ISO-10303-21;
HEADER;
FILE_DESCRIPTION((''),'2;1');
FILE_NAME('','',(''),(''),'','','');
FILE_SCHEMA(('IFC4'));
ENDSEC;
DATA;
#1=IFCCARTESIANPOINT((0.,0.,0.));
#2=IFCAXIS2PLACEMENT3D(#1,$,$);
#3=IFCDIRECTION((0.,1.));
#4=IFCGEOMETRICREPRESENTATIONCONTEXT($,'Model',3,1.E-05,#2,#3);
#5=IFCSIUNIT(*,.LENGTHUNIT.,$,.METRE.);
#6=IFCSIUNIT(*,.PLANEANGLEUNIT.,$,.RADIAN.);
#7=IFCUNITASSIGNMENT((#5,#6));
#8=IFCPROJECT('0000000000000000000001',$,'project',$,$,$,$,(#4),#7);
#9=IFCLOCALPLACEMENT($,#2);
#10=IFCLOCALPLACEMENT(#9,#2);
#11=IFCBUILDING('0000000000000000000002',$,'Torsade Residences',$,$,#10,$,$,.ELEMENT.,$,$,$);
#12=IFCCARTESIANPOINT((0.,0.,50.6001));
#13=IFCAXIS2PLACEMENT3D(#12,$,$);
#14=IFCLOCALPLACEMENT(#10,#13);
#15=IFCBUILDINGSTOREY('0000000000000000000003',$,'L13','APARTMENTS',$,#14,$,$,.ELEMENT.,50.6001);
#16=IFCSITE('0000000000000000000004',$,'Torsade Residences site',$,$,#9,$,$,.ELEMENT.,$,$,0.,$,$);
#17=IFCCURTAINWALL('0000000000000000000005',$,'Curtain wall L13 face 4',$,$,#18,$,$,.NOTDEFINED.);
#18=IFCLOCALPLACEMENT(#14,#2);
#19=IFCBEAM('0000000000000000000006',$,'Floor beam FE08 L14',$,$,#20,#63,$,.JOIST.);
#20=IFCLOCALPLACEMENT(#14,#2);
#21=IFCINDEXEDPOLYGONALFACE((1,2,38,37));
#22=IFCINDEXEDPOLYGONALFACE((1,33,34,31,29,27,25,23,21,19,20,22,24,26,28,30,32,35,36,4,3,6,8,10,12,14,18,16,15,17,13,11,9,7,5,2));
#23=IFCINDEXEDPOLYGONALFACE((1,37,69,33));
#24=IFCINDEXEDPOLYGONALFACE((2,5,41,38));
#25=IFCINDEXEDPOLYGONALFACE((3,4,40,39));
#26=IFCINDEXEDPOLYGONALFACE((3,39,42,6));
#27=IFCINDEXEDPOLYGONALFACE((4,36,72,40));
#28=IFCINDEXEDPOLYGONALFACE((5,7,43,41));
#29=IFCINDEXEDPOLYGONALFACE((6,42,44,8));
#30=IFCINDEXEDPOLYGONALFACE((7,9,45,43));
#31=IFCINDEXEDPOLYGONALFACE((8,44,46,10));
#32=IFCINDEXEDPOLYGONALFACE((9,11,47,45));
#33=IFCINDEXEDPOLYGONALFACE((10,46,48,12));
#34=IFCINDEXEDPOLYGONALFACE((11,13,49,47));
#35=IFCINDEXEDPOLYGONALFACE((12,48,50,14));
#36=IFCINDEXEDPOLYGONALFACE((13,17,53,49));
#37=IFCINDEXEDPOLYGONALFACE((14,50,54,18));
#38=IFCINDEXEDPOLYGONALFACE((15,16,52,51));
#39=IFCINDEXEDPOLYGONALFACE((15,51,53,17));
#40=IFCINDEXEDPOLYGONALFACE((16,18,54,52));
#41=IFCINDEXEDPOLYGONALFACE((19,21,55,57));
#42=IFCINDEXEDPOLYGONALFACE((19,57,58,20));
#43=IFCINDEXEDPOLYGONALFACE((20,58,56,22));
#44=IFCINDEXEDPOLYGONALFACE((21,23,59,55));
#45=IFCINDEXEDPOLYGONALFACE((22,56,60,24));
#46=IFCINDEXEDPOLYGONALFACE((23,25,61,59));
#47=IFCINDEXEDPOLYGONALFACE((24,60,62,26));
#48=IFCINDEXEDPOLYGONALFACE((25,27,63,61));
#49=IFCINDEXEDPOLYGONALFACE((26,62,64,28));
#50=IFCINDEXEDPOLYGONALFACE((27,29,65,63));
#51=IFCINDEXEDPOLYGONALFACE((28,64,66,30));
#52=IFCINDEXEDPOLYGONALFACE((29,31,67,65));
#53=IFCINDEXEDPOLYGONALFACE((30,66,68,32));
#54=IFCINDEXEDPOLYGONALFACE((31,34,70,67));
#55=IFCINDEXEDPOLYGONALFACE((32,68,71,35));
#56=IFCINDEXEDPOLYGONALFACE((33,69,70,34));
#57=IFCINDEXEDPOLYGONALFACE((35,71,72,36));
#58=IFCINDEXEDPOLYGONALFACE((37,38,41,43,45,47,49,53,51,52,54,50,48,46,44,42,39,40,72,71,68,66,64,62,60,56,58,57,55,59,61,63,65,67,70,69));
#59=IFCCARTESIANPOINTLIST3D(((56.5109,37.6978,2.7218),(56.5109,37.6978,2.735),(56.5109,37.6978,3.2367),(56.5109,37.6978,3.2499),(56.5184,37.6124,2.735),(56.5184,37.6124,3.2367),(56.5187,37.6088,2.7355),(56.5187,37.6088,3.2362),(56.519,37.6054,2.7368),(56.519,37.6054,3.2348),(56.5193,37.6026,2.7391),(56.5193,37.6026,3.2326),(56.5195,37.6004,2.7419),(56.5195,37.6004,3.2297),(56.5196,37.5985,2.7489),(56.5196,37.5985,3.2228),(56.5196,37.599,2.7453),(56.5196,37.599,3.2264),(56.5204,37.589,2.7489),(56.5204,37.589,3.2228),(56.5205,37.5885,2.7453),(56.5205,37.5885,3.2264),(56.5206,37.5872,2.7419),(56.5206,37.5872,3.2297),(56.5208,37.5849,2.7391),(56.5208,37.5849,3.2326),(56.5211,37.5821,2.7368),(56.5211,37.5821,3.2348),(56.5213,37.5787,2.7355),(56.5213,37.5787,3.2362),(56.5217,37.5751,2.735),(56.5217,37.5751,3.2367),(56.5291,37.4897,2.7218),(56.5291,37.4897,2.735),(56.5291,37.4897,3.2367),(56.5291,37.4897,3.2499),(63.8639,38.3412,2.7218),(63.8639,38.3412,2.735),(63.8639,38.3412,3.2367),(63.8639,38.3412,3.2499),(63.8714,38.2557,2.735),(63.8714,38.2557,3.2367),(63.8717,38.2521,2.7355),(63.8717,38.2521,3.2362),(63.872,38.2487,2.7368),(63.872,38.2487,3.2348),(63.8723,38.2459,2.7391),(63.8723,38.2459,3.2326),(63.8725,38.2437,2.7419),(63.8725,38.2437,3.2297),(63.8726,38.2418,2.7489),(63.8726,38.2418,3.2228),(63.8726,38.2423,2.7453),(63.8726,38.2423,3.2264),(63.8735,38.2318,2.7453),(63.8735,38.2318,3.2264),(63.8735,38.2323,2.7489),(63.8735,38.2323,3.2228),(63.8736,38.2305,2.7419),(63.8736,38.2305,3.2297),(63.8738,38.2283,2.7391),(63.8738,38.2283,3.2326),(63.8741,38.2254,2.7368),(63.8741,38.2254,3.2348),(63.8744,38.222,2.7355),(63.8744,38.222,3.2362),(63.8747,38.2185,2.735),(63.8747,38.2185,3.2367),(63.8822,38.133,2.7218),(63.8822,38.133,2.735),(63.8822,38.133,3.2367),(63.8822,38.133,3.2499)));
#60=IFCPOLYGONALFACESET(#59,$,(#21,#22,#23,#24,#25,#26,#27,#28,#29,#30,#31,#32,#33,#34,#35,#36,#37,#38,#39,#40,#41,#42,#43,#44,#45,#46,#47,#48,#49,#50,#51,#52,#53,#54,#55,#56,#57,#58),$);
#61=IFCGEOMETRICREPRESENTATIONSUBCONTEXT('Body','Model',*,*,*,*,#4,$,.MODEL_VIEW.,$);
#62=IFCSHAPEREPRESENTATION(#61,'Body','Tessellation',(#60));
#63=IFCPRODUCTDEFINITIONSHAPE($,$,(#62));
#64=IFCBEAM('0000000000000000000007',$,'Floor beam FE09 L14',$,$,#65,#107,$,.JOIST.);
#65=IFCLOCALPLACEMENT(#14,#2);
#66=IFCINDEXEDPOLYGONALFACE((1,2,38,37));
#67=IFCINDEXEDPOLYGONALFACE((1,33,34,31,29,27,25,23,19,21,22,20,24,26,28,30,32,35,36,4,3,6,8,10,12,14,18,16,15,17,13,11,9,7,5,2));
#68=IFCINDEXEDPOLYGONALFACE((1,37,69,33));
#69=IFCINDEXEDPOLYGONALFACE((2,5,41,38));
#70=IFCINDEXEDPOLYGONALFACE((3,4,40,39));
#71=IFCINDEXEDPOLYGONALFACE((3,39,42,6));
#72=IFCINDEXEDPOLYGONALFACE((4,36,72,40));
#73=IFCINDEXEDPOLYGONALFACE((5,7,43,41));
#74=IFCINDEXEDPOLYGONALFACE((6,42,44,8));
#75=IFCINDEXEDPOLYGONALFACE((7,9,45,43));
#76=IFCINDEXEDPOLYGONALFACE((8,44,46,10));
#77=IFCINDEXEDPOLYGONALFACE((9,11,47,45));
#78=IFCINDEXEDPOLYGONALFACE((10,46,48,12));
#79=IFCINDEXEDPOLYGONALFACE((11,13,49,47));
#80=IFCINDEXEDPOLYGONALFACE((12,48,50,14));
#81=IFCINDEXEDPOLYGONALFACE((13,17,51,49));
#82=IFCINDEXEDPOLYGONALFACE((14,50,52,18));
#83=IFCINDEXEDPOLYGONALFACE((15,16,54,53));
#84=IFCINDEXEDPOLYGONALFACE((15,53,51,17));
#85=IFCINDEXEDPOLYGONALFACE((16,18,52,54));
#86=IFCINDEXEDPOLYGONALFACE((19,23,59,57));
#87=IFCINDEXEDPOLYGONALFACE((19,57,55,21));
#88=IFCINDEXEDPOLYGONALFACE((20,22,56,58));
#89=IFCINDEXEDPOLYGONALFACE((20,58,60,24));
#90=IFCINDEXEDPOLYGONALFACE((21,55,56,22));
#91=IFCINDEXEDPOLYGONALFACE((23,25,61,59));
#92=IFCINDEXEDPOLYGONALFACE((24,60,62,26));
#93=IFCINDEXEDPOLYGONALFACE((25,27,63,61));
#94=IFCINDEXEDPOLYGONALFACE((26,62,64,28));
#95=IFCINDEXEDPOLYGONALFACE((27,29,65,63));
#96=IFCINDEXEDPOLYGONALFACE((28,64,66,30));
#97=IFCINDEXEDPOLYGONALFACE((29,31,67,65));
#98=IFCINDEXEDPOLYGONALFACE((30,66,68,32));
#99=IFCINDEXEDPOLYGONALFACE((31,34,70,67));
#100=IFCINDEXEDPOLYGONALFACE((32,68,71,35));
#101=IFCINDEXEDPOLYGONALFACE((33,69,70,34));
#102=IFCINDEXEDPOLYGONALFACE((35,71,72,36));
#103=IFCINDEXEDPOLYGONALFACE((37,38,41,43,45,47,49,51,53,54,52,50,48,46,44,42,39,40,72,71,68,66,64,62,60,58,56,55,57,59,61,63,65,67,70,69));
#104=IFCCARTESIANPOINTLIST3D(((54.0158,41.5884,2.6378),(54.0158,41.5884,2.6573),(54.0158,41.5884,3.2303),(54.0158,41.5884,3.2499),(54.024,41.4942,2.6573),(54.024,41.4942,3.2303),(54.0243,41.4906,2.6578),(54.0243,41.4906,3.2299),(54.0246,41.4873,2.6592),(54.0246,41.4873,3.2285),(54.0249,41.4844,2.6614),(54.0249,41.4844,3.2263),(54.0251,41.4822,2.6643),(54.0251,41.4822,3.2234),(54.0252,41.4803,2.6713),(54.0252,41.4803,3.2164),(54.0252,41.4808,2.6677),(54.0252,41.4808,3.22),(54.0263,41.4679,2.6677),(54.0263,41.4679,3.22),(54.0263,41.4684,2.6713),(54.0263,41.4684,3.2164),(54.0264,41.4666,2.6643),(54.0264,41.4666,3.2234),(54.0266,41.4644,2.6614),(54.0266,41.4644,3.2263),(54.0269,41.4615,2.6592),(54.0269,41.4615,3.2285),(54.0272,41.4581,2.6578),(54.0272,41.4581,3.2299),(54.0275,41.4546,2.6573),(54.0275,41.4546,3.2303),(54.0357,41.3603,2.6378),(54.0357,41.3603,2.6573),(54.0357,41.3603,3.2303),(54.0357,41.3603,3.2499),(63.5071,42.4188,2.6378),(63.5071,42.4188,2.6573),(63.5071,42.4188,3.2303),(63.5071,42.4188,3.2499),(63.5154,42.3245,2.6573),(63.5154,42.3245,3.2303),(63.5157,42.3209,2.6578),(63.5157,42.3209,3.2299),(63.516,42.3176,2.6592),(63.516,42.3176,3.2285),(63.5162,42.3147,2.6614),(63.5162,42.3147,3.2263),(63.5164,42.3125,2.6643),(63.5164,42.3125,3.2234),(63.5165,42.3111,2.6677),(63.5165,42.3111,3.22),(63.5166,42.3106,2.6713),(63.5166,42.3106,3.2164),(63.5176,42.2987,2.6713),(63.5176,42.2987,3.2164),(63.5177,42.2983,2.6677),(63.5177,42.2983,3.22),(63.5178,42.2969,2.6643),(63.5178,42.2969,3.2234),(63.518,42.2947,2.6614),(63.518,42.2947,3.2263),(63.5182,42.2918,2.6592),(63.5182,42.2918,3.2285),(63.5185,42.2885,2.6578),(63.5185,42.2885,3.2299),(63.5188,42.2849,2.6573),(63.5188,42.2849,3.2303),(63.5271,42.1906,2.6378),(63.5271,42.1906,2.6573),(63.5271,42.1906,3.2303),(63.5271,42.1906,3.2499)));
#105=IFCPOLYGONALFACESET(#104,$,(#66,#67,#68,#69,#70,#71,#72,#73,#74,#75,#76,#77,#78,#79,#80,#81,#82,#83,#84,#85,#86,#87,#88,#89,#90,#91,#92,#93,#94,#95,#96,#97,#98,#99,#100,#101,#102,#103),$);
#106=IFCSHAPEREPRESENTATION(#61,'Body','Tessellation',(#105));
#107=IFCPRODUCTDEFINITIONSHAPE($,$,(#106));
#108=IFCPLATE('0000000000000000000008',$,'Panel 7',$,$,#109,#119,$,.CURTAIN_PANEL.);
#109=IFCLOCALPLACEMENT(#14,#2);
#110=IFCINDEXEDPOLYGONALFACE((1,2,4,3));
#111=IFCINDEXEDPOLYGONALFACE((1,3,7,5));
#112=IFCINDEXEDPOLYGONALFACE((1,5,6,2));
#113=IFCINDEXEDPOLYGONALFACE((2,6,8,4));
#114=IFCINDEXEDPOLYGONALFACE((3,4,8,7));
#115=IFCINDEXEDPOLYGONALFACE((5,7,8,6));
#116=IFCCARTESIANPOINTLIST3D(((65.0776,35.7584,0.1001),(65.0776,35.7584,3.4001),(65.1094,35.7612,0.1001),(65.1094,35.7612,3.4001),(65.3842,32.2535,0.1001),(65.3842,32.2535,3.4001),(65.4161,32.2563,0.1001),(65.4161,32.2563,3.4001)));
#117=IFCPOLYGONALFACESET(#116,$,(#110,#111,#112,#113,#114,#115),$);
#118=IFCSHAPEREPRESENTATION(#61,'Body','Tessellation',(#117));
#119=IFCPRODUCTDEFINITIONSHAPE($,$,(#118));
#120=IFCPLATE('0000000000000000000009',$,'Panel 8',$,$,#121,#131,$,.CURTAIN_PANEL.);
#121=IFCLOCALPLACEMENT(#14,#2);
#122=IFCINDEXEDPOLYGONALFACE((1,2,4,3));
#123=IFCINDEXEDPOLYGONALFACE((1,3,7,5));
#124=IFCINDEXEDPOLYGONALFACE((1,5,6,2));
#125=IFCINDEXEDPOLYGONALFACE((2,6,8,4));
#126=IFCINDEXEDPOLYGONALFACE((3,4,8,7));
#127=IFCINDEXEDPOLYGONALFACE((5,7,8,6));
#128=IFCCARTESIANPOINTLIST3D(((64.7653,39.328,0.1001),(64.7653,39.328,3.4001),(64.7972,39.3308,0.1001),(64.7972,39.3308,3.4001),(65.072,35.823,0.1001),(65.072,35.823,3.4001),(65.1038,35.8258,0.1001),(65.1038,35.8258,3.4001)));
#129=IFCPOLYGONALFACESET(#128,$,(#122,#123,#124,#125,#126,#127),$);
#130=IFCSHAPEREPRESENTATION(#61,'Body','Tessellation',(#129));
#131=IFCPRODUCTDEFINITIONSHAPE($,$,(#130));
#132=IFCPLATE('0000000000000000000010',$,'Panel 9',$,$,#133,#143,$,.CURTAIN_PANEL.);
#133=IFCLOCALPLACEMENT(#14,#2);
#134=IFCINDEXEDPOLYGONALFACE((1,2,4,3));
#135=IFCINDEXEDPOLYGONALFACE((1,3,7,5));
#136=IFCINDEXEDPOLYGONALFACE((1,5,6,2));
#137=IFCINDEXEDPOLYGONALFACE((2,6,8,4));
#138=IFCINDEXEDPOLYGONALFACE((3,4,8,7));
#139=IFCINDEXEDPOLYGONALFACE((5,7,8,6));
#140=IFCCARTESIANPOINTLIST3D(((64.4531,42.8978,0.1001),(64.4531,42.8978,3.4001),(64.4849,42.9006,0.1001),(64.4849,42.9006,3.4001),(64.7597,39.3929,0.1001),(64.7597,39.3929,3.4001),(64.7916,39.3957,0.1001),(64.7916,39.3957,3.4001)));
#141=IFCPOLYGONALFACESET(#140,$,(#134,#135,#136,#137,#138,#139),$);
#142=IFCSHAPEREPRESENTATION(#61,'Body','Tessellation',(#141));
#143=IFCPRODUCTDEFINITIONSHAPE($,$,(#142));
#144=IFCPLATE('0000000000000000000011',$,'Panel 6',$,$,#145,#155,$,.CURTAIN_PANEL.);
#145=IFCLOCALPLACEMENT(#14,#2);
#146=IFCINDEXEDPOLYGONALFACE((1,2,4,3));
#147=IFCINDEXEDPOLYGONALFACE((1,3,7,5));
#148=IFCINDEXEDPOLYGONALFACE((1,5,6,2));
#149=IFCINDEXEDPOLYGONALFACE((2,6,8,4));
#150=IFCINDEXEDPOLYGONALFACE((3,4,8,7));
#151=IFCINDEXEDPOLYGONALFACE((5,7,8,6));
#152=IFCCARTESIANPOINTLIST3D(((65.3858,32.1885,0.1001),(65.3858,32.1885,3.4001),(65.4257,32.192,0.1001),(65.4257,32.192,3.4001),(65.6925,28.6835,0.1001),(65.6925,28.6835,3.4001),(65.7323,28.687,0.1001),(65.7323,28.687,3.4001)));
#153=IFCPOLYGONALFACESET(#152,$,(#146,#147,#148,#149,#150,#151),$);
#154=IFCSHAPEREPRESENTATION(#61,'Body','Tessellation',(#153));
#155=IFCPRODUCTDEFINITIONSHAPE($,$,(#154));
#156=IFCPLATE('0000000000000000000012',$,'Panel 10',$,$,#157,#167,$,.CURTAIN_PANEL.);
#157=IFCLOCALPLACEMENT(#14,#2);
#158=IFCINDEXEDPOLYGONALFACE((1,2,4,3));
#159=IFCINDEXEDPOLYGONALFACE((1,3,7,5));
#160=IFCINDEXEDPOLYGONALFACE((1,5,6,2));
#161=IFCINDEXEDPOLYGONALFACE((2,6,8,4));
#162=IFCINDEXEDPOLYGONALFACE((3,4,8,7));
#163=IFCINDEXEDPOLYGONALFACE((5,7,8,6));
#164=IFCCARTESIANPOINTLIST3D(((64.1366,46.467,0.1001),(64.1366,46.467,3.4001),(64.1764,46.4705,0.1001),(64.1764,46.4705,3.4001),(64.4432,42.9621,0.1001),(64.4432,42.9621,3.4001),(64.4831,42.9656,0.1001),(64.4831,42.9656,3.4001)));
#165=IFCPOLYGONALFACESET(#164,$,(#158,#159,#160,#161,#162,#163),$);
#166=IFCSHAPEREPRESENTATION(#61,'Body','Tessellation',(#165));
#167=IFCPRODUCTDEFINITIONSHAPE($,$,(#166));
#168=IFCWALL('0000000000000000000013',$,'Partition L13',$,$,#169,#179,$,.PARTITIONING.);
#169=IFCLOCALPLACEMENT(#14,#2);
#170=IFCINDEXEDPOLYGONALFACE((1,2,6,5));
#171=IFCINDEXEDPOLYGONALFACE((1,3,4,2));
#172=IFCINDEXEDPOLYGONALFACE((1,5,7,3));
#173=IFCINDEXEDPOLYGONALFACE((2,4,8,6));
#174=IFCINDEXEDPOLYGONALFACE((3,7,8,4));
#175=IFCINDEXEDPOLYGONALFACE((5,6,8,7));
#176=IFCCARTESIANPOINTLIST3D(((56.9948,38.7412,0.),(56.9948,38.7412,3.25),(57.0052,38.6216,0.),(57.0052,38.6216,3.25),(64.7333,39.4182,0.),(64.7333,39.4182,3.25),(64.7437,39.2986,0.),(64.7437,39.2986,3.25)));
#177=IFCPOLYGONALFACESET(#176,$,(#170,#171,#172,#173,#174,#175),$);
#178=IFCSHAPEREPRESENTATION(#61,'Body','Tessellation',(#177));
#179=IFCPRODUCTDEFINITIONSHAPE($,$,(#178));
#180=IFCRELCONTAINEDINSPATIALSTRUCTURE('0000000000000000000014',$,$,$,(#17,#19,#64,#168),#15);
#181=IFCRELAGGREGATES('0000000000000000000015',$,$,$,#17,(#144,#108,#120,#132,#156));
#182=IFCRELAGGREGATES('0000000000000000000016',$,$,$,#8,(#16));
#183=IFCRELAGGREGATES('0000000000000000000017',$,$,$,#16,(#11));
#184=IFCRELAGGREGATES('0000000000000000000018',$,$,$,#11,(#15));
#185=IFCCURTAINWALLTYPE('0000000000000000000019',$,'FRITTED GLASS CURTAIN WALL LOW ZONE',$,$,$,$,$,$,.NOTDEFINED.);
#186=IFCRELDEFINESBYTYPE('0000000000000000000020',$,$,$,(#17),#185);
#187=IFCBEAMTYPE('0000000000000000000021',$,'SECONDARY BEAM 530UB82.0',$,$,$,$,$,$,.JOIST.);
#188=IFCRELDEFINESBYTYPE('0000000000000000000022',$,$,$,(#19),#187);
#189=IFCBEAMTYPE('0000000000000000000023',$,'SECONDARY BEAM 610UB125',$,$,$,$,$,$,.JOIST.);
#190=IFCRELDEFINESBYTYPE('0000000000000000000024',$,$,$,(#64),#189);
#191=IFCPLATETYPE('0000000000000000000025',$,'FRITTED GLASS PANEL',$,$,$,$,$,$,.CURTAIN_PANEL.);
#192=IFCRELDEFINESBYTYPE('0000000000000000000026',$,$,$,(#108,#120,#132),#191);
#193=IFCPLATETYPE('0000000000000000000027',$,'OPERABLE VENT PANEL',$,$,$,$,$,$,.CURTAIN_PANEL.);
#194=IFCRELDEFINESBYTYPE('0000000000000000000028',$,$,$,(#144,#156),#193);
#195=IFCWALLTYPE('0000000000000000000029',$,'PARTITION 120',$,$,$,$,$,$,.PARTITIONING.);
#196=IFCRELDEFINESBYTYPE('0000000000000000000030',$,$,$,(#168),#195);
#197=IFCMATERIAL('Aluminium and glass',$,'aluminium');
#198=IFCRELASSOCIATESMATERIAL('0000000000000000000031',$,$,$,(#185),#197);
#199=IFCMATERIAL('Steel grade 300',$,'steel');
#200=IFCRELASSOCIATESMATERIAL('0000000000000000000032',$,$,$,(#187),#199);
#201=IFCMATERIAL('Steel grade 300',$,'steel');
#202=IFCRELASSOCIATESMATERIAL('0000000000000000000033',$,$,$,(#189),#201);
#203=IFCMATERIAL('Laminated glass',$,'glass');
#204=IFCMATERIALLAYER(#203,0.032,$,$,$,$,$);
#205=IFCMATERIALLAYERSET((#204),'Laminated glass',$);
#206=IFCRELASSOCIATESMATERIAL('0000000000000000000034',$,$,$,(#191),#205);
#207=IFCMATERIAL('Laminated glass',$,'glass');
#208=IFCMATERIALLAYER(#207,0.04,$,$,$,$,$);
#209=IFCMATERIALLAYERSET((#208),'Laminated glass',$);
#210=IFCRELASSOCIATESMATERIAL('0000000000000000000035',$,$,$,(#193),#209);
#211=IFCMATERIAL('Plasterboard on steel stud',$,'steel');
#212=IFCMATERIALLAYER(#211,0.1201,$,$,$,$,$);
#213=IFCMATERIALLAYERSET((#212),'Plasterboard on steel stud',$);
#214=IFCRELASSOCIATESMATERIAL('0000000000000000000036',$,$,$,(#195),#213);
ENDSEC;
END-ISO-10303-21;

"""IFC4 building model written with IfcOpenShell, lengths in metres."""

from ifc_helpers import new_model, si_unit, direction, frame, frame_2d, origin, origin_2d, place, context, subcontext, project, spatial, rectangle, i_section, extrude, material, layer, layer_set, material_profile, profile_set, type_object, element, aggregate, save


model = new_model("IFC4")

# Units and contexts
model_context = context("Model", 3, precision=1e-05, world=origin(), true_north=direction((0.0, 1.0)))
body_context = subcontext(model_context, "Body", "Model", "MODEL_VIEW")
ifc_project = project(units=[si_unit("LENGTHUNIT", "METRE"), si_unit("PLANEANGLEUNIT", "RADIAN")], contexts=[model_context])

# Site, building, storey
site_placement = place(None, origin())
site = spatial("IfcSite", under=ifc_project, at=site_placement, Name="Torsade Residences site", CompositionType="ELEMENT", RefElevation=0.0)
building_placement = place(site_placement, origin())
building = spatial("IfcBuilding", under=site, at=building_placement, Name="Torsade Residences", CompositionType="ELEMENT")
storey_placement = place(building_placement, frame((0.0, 0.0, 50.6001)))
storey = spatial("IfcBuildingStorey", under=building, at=storey_placement, Name="L13", Description="APARTMENTS", CompositionType="ELEMENT", Elevation=50.6001)

# Curtain wall
ifc_material_1 = material(Name="Aluminium and glass", Category="aluminium")
curtain_wall_type = type_object("IfcCurtainWallType", Name="FRITTED GLASS CURTAIN WALL LOW ZONE", PredefinedType="NOTDEFINED", material=ifc_material_1)
curtain_wall_placement = place(storey_placement, origin())
curtain_wall = element("IfcCurtainWall", 1, at=curtain_wall_placement, inside=storey, type_object=curtain_wall_type, Name="Curtain wall L13 face 4", PredefinedType="NOTDEFINED")

# Beams
ifc_material_2 = material(Name="Steel grade 300", Category="steel")
ifc_material_profile_1 = material_profile(ifc_material_2, i_section(OverallWidth=0.209, OverallDepth=0.5281, WebThickness=0.0095, FlangeThickness=0.0132, FilletRadius=0.0139, at=origin_2d()), Name="530UB82.0")
ifc_profile_set_1 = profile_set([ifc_material_profile_1], Name="Steel grade 300")
beam_type_1 = type_object("IfcBeamType", Name="SECONDARY BEAM 530UB82.0", PredefinedType="JOIST", material=ifc_profile_set_1)
beam_1_placement = place(storey_placement, frame((63.873, 38.2371, 2.9858), z_axis=(-0.996195, -0.087156, 0.0), x_axis=(0.087156, -0.996195, 0.0)))
element("IfcBeam", 2, at=beam_1_placement, inside=storey, type_object=beam_type_1, Name="Floor beam FE08 L14", PredefinedType="JOIST", context=body_context, shape_type="SweptSolid", body=[
    extrude(i_section(OverallWidth=0.209, OverallDepth=0.5281, WebThickness=0.0095, FlangeThickness=0.0132, FilletRadius=0.0139, at=origin_2d()), origin(), (0.0, 0.0, 1.0), 7.3811),
])
ifc_material_3 = material(Name="Steel grade 300", Category="steel")
ifc_material_profile_2 = material_profile(ifc_material_3, i_section(OverallWidth=0.229, OverallDepth=0.6121, WebThickness=0.012, FlangeThickness=0.0195, FilletRadius=0.0139, at=origin_2d()), Name="610UB125")
ifc_profile_set_2 = profile_set([ifc_material_profile_2], Name="Steel grade 300")
beam_type_2 = type_object("IfcBeamType", Name="SECONDARY BEAM 610UB125", PredefinedType="JOIST", material=ifc_profile_set_2)
beam_2_placement = place(storey_placement, frame((63.5171, 42.3047, 2.9438), z_axis=(-0.996195, -0.087148, 0.0), x_axis=(0.087148, -0.996195, 0.0)))
element("IfcBeam", 3, at=beam_2_placement, inside=storey, type_object=beam_type_2, Name="Floor beam FE09 L14", PredefinedType="JOIST", context=body_context, shape_type="SweptSolid", body=[
    extrude(i_section(OverallWidth=0.229, OverallDepth=0.6121, WebThickness=0.012, FlangeThickness=0.0195, FilletRadius=0.0139, at=origin_2d()), origin(), (0.0, 0.0, 1.0), 9.5276),
])

# Plates
ifc_material_4 = material(Name="Laminated glass", Category="glass")
ifc_layer_1 = layer(ifc_material_4, 0.032)
ifc_layer_set_1 = layer_set([ifc_layer_1], Name="Laminated glass")
plate_type_1 = type_object("IfcPlateType", Name="FRITTED GLASS PANEL", PredefinedType="CURTAIN_PANEL", material=ifc_layer_set_1)
plate_1_placement = place(storey_placement, frame((65.2468, 34.0073, 0.1001), z_axis=(0.0, 0.0, 1.0), x_axis=(-0.087156, 0.996195, 0.0)))
plate_1 = element("IfcPlate", 4, at=plate_1_placement, type_object=plate_type_1, Name="Panel 7", PredefinedType="CURTAIN_PANEL", context=body_context, shape_type="SweptSolid", body=[
    extrude(rectangle(XDim=3.5183, YDim=0.032, at=origin_2d()), origin(), (0.0, 0.0, 1.0), 3.3),
])
plate_2_placement = place(storey_placement, frame((64.9346, 37.5769, 0.1001), z_axis=(0.0, 0.0, 1.0), x_axis=(-0.087156, 0.996195, 0.0)))
plate_2 = element("IfcPlate", 5, at=plate_2_placement, type_object=plate_type_1, Name="Panel 8", PredefinedType="CURTAIN_PANEL", context=body_context, shape_type="SweptSolid", body=[
    extrude(rectangle(XDim=3.5183, YDim=0.032, at=origin_2d()), origin(), (0.0, 0.0, 1.0), 3.3),
])
plate_3_placement = place(storey_placement, frame((64.6223, 41.1467, 0.1001), z_axis=(0.0, 0.0, 1.0), x_axis=(-0.087156, 0.996195, 0.0)))
plate_3 = element("IfcPlate", 6, at=plate_3_placement, type_object=plate_type_1, Name="Panel 9", PredefinedType="CURTAIN_PANEL", context=body_context, shape_type="SweptSolid", body=[
    extrude(rectangle(XDim=3.5183, YDim=0.032, at=origin_2d()), origin(), (0.0, 0.0, 1.0), 3.3),
])
ifc_material_5 = material(Name="Laminated glass", Category="glass")
ifc_layer_2 = layer(ifc_material_5, 0.04)
ifc_layer_set_2 = layer_set([ifc_layer_2], Name="Laminated glass")
plate_type_2 = type_object("IfcPlateType", Name="OPERABLE VENT PANEL", PredefinedType="CURTAIN_PANEL", material=ifc_layer_set_2)
plate_4_placement = place(storey_placement, frame((65.5591, 30.4377, 0.1001), z_axis=(0.0, 0.0, 1.0), x_axis=(-0.087156, 0.996195, 0.0)))
plate_4 = element("IfcPlate", 7, at=plate_4_placement, type_object=plate_type_2, Name="Panel 6", PredefinedType="CURTAIN_PANEL", context=body_context, shape_type="SweptSolid", body=[
    extrude(rectangle(XDim=3.5183, YDim=0.04, at=origin_2d()), origin(), (0.0, 0.0, 1.0), 3.3),
])
plate_5_placement = place(storey_placement, frame((64.3098, 44.7163, 0.1001), z_axis=(0.0, 0.0, 1.0), x_axis=(-0.087156, 0.996195, 0.0)))
plate_5 = element("IfcPlate", 8, at=plate_5_placement, type_object=plate_type_2, Name="Panel 10", PredefinedType="CURTAIN_PANEL", context=body_context, shape_type="SweptSolid", body=[
    extrude(rectangle(XDim=3.5183, YDim=0.04, at=origin_2d()), origin(), (0.0, 0.0, 1.0), 3.3),
])
aggregate(curtain_wall, [plate_4, plate_1, plate_2, plate_3, plate_5])

# Wall
ifc_material_6 = material(Name="Plasterboard on steel stud", Category="steel")
ifc_layer_3 = layer(ifc_material_6, 0.1201)
ifc_layer_set_3 = layer_set([ifc_layer_3], Name="Plasterboard on steel stud")
wall_type_1 = type_object("IfcWallType", Name="PARTITION 120", PredefinedType="PARTITIONING", material=ifc_layer_set_3)
wall_1_placement = place(storey_placement, frame((57.0, 38.6814, 0.0), z_axis=(0.0, 0.0, 1.0), x_axis=(0.996195, 0.087152, 0.0)))
element("IfcWall", 9, at=wall_1_placement, inside=storey, type_object=wall_type_1, Name="Partition L13", PredefinedType="PARTITIONING", context=body_context, shape_type="SweptSolid", body=[
    extrude(rectangle(XDim=7.7681, YDim=0.1201, at=frame_2d((3.884, 0.0))), origin(), (0.0, 0.0, 1.0), 3.25),
])

save(model, "model.ifc")
